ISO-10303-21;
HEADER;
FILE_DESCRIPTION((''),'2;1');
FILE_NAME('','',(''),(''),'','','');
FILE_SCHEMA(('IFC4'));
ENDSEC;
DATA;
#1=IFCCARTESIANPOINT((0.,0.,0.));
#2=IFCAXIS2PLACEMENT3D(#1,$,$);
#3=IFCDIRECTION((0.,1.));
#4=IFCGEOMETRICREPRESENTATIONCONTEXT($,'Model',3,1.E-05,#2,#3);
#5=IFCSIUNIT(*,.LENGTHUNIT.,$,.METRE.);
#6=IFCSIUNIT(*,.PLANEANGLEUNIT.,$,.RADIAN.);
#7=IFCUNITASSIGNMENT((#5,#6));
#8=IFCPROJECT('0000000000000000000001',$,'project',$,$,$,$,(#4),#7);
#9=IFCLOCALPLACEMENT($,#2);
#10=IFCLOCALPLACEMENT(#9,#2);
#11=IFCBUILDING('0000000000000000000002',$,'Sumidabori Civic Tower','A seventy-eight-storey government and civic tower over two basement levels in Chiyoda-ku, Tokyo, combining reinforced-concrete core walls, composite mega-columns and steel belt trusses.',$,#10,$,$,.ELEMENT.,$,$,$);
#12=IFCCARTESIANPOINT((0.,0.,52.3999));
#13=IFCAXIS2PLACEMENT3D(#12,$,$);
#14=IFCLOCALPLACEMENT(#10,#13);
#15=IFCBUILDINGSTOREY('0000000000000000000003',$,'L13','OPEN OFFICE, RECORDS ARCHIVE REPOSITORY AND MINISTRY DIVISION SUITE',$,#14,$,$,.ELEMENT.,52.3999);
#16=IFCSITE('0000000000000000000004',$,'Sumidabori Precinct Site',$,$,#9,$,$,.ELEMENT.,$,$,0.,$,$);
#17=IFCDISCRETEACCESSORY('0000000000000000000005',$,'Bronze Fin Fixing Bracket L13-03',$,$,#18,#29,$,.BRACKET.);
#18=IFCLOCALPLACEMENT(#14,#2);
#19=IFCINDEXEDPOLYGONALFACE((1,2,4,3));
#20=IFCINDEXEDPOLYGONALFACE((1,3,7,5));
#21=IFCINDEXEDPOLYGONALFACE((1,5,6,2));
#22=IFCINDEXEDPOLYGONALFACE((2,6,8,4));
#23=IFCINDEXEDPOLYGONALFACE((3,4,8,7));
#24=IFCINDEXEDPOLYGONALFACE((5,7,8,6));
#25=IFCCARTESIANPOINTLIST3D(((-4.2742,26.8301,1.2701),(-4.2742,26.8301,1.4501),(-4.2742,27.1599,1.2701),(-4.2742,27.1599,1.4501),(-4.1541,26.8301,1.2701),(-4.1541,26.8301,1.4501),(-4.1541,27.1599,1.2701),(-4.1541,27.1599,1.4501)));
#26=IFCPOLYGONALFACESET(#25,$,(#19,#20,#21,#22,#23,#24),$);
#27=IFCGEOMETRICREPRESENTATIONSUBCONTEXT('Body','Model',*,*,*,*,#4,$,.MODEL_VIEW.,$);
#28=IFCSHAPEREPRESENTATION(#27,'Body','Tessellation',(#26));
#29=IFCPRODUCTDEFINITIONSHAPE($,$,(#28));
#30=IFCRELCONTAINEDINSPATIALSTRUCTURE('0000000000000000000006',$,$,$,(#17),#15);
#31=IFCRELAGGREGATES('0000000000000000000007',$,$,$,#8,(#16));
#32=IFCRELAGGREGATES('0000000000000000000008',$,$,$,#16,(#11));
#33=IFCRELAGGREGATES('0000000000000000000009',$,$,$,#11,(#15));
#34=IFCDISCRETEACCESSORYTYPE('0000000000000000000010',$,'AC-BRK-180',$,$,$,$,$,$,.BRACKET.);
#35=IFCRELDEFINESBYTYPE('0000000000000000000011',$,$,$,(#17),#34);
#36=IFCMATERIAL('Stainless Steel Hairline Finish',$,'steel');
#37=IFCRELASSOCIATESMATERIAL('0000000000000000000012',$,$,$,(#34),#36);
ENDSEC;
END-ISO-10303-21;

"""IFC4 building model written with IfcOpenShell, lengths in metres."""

from ifc_helpers import new_model, si_unit, direction, frame, origin, origin_2d, place, context, subcontext, project, spatial, rectangle, extrude, source, transform, mapped, material, material_profile, profile_set, type_object, element, save


model = new_model("IFC4")

# Units and contexts
model_context = context("Model", 3, precision=1e-05, world=origin(), true_north=direction((0.0, 1.0)))
body_context = subcontext(model_context, "Body", "Model", "MODEL_VIEW")
ifc_project = project(units=[si_unit("LENGTHUNIT", "METRE"), si_unit("PLANEANGLEUNIT", "RADIAN")], contexts=[model_context])

# Site, building, storey
site_placement = place(None, origin())
site = spatial("IfcSite", under=ifc_project, at=site_placement, Name="Sumidabori Precinct Site", CompositionType="ELEMENT", RefElevation=0.0)
building_placement = place(site_placement, origin())
building = spatial("IfcBuilding", under=site, at=building_placement, Name="Sumidabori Civic Tower", Description="A seventy-eight-storey government and civic tower over two basement levels in Chiyoda-ku, Tokyo, combining reinforced-concrete core walls, composite mega-columns and steel belt trusses.", CompositionType="ELEMENT")
storey_placement = place(building_placement, frame((0.0, 0.0, 52.3999)))
storey = spatial("IfcBuildingStorey", under=building, at=storey_placement, Name="L13", Description="OPEN OFFICE, RECORDS ARCHIVE REPOSITORY AND MINISTRY DIVISION SUITE", CompositionType="ELEMENT", Elevation=52.3999)

# Shared definitions
ifc_material_1 = material(Name="Stainless Steel Hairline Finish", Category="steel")

# Discrete accessory
ifc_material_profile_1 = material_profile(ifc_material_1, rectangle(XDim=0.1201, YDim=0.1799, at=origin_2d()), Name="STEEL BRACKET 180x120")
ifc_profile_set_1 = profile_set([ifc_material_profile_1], Name="Stainless Steel Hairline Finish")
discrete_accessory_type = type_object("IfcDiscreteAccessoryType", Name="AC-BRK-180", PredefinedType="BRACKET", material=ifc_profile_set_1)
shared_shape_1 = source(origin(), body_context, "Body", "SweptSolid", [
    extrude(rectangle(XDim=0.1201, YDim=0.1799, at=origin_2d()), origin(), (0.0, 0.0, 1.0), 0.3298),
])
discrete_accessory_placement = place(storey_placement, frame((-4.2141, 26.8301, 1.3601), z_axis=(0.0, 1.0, 0.0), x_axis=(-1.0, 0.0, 0.0)))
element("IfcDiscreteAccessory", 1, at=discrete_accessory_placement, inside=storey, type_object=discrete_accessory_type, Name="Bronze Fin Fixing Bracket L13-03", PredefinedType="BRACKET", context=body_context, shape_type="MappedRepresentation", body=[
    mapped(shared_shape_1, transform((0.0, 0.0, 0.0), x_axis=(1.0, 0.0, 0.0), y_axis=(0.0, 1.0, 0.0), z_axis=(0.0, 0.0, 1.0), scale=1.0)),
])

save(model, "model.ifc")
